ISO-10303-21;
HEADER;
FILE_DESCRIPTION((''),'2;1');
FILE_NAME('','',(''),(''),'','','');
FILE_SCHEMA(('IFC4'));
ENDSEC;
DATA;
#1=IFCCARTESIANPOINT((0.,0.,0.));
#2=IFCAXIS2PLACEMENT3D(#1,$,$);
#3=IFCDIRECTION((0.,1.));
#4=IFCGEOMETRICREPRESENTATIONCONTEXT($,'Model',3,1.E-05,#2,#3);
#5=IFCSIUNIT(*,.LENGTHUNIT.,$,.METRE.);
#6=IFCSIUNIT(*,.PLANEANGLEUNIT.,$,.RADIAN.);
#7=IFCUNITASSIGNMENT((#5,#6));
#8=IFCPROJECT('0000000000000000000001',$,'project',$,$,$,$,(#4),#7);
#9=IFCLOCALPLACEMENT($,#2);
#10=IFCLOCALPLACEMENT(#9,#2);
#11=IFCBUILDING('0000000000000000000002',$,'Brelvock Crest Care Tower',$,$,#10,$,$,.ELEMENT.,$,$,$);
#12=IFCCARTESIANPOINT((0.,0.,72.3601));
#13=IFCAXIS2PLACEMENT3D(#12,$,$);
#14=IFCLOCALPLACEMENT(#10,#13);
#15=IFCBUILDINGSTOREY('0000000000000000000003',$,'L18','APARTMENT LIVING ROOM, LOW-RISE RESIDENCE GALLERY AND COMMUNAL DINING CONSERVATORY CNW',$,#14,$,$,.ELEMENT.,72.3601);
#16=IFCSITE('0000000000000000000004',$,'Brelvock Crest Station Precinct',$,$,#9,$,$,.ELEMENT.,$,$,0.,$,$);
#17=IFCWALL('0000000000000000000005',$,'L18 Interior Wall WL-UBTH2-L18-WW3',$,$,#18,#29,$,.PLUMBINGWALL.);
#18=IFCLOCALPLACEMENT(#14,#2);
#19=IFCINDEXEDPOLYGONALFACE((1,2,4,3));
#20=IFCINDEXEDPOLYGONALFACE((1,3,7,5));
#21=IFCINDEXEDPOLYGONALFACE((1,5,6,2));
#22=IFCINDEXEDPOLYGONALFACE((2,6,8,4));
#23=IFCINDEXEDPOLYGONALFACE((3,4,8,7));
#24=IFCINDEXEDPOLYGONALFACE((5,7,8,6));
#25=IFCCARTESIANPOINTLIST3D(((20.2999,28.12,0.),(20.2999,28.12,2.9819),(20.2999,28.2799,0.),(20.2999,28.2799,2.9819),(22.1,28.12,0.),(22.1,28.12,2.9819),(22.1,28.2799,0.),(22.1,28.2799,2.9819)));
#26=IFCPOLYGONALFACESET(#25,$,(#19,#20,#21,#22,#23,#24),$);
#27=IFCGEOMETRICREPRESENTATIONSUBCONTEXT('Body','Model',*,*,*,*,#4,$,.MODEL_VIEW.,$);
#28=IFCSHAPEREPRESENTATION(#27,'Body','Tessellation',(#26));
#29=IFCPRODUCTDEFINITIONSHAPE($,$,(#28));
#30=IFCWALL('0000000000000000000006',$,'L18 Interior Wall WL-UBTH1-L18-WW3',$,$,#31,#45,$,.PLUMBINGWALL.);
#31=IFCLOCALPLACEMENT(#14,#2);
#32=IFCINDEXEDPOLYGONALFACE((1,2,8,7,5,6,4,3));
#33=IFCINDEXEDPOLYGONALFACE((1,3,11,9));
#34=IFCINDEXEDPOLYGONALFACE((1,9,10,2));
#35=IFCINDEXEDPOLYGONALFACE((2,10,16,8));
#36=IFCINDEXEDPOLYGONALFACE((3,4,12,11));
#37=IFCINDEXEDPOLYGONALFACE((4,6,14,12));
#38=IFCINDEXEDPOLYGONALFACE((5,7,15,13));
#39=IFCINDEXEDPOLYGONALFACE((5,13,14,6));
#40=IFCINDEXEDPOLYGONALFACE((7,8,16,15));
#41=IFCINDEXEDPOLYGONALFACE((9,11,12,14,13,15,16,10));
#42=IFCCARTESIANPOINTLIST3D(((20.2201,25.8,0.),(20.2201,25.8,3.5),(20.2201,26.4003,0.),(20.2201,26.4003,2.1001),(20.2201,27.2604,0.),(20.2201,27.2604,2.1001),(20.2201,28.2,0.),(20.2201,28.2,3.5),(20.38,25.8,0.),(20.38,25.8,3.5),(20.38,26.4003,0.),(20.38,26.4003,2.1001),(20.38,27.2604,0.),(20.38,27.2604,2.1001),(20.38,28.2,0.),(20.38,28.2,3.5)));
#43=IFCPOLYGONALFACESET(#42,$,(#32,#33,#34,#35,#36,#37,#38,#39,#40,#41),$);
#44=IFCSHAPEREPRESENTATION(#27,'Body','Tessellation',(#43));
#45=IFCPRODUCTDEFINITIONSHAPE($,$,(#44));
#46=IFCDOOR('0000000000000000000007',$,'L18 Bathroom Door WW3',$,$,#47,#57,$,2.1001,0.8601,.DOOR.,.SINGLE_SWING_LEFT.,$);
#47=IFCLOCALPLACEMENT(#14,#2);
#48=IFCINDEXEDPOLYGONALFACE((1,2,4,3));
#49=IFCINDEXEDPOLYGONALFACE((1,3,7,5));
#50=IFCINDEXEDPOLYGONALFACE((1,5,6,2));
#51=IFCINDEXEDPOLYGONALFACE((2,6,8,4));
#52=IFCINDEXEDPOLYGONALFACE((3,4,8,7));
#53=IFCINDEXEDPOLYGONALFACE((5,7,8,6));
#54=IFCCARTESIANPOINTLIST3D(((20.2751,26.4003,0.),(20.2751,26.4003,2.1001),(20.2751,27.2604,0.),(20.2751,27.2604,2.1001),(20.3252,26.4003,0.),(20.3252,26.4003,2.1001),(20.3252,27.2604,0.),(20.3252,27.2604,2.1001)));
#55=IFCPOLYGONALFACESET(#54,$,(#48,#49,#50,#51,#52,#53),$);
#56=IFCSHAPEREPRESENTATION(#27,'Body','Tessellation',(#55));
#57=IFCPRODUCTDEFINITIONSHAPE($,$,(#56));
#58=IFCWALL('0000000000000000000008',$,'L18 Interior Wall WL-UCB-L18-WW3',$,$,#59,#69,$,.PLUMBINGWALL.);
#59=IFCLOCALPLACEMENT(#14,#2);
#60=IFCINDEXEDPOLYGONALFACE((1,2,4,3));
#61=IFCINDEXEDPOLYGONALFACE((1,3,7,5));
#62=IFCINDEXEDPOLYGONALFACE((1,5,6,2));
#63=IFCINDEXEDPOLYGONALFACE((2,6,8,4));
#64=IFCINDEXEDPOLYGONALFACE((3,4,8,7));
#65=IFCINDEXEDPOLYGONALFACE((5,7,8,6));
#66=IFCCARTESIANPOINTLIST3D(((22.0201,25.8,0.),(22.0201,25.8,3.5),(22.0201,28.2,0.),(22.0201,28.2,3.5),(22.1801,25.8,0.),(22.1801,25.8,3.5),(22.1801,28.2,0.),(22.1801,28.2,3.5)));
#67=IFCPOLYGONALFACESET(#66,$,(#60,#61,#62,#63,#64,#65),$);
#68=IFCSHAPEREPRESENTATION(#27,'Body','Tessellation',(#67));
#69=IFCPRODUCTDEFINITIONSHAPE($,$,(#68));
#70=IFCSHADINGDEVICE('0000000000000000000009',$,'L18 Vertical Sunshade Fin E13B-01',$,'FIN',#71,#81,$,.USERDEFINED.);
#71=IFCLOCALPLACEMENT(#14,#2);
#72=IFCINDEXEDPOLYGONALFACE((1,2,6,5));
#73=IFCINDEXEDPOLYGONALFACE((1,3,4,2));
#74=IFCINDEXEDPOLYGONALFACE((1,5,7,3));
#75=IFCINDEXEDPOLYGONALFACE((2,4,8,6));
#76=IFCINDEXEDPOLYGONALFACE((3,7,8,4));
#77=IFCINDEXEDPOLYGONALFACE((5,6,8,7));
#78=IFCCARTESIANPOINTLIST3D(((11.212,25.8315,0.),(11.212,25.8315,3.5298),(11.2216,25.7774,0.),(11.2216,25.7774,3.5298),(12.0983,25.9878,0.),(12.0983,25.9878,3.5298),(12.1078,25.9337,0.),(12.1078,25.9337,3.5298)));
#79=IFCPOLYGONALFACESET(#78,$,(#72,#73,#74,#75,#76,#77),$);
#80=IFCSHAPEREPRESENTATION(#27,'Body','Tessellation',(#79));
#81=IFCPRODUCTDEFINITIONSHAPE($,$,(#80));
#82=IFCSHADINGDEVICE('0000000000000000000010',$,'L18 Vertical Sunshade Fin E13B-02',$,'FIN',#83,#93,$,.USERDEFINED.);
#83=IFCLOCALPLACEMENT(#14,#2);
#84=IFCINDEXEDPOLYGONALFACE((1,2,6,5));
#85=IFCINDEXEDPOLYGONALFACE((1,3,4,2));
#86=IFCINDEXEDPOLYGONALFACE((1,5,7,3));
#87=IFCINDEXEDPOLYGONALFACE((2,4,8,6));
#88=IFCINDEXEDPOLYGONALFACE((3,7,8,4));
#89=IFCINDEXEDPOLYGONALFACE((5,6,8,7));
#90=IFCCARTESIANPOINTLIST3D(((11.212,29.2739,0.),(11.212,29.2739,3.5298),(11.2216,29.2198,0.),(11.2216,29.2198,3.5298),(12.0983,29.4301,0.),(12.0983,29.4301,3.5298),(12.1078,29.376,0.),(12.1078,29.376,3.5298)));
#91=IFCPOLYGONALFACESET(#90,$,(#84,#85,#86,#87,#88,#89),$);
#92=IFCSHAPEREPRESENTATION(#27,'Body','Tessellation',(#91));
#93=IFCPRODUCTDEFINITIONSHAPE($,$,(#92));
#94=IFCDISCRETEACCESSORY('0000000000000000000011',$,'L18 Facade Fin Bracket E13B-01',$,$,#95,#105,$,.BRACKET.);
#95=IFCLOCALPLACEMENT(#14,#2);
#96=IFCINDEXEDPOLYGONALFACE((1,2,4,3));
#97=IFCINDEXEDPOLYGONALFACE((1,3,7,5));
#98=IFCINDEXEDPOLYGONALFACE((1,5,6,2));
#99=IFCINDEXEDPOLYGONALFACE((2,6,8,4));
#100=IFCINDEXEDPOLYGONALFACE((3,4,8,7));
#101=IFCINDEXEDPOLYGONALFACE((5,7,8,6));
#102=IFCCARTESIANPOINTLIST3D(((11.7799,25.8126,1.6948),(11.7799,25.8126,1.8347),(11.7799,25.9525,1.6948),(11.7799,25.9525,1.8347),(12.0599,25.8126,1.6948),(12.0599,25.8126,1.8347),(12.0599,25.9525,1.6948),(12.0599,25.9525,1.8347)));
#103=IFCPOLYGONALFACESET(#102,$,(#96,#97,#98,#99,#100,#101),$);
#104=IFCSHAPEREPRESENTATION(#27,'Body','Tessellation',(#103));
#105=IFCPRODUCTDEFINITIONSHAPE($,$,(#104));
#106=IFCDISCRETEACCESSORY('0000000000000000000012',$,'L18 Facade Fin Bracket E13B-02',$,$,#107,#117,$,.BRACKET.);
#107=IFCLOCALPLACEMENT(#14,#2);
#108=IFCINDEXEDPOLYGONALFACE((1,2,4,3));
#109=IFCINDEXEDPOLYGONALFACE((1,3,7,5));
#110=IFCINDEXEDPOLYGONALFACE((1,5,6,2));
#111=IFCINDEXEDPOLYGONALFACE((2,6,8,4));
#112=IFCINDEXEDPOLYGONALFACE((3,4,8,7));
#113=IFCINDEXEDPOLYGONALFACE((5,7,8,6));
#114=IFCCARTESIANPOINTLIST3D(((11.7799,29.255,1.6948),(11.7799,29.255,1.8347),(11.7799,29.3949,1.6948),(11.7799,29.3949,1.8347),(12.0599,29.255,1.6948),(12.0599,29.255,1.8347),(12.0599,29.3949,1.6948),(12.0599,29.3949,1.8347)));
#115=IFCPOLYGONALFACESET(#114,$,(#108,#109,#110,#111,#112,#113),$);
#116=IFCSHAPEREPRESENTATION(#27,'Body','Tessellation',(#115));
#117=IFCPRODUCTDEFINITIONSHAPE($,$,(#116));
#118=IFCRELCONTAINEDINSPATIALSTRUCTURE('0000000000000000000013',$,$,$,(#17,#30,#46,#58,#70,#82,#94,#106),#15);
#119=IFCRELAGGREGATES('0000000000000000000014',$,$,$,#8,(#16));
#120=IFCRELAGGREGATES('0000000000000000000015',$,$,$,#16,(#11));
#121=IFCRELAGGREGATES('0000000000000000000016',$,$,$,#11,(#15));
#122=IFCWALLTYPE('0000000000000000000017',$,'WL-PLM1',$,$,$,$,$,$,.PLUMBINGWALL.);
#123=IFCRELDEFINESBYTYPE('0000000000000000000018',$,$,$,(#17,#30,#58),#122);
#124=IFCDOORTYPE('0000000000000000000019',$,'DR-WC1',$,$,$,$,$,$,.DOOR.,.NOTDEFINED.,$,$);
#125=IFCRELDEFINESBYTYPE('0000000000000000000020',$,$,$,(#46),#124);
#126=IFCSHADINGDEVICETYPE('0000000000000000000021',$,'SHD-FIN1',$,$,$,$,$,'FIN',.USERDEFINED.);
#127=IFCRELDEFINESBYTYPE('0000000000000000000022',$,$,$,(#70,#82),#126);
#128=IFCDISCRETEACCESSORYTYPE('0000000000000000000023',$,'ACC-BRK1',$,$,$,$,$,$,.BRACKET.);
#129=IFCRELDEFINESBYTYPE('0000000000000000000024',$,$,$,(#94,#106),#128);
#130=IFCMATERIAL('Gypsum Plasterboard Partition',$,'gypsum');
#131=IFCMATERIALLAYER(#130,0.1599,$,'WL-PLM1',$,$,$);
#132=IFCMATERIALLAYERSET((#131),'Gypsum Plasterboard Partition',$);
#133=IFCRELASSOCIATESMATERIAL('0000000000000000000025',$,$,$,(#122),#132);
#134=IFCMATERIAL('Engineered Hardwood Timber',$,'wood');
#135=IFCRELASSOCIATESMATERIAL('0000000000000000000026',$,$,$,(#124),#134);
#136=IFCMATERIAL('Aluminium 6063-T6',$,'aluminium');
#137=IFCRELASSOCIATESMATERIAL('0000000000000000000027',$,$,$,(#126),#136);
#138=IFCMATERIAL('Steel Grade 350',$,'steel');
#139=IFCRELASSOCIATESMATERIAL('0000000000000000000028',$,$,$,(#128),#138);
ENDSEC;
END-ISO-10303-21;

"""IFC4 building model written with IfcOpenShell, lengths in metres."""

from ifc_helpers import new_model, si_unit, direction, frame, frame_2d, origin, origin_2d, place, context, subcontext, project, spatial, rectangle, extrude, source, transform, mapped, material, layer, layer_set, material_profile, profile_set, type_object, element, fill, save


model = new_model("IFC4")

# Units and contexts
model_context = context("Model", 3, precision=1e-05, world=origin(), true_north=direction((0.0, 1.0)))
body_context = subcontext(model_context, "Body", "Model", "MODEL_VIEW")
ifc_project = project(units=[si_unit("LENGTHUNIT", "METRE"), si_unit("PLANEANGLEUNIT", "RADIAN")], contexts=[model_context])

# Site, building, storey
site_placement = place(None, origin())
site = spatial("IfcSite", under=ifc_project, at=site_placement, Name="Brelvock Crest Station Precinct", CompositionType="ELEMENT", RefElevation=0.0)
building_placement = place(site_placement, origin())
building = spatial("IfcBuilding", under=site, at=building_placement, Name="Brelvock Crest Care Tower", CompositionType="ELEMENT")
storey_placement = place(building_placement, frame((0.0, 0.0, 72.3601)))
storey = spatial("IfcBuildingStorey", under=building, at=storey_placement, Name="L18", Description="APARTMENT LIVING ROOM, LOW-RISE RESIDENCE GALLERY AND COMMUNAL DINING CONSERVATORY CNW", CompositionType="ELEMENT", Elevation=72.3601)

# Shared definitions
ifc_material_1 = material(Name="Steel Grade 350", Category="steel")

# Shared definitions
ifc_material_2 = material(Name="Aluminium 6063-T6", Category="aluminium")

# Shared definitions
ifc_material_3 = material(Name="Engineered Hardwood Timber", Category="wood")
ifc_material_4 = material(Name="Gypsum Plasterboard Partition", Category="gypsum")

# Wall
ifc_layer_1 = layer(ifc_material_4, 0.1599, Name="WL-PLM1")
ifc_layer_set_1 = layer_set([ifc_layer_1], Name="Gypsum Plasterboard Partition")
wall_type_1 = type_object("IfcWallType", Name="WL-PLM1", PredefinedType="PLUMBINGWALL", material=ifc_layer_set_1)
wall_1_placement = place(storey_placement, frame((20.3, 28.2, 0.0), z_axis=(0.0, 0.0, 1.0), x_axis=(1.0, 0.0, 0.0)))
element("IfcWall", 1, at=wall_1_placement, inside=storey, type_object=wall_type_1, Name="L18 Interior Wall WL-UBTH2-L18-WW3", PredefinedType="PLUMBINGWALL", context=body_context, shape_type="SweptSolid", body=[
    extrude(rectangle(XDim=1.8, YDim=0.1599, at=frame_2d((0.8999, 0.0))), origin(), (0.0, 0.0, 1.0), 2.9819),
])

# Wall, opening, door
wall_2_placement = place(storey_placement, frame((20.3, 25.8, 0.0), z_axis=(0.0, 0.0, 1.0), x_axis=(0.0, 1.0, 0.0)))
wall_2 = element("IfcWall", 2, at=wall_2_placement, inside=storey, type_object=wall_type_1, Name="L18 Interior Wall WL-UBTH1-L18-WW3", PredefinedType="PLUMBINGWALL", context=body_context, shape_type="SweptSolid", body=[
    extrude(rectangle(XDim=2.3999, YDim=0.1599, at=frame_2d((1.2, 0.0))), origin(), (0.0, 0.0, 1.0), 3.5),
])
opening_1_placement = place(wall_2_placement, frame((0.6001, 0.0, 0.0)))
opening_1 = element("IfcOpeningElement", 3, at=opening_1_placement, cuts=wall_2, PredefinedType="OPENING", context=body_context, shape_type="SweptSolid", body=[
    extrude(rectangle(XDim=0.8601, YDim=2.1001, at=origin_2d()), frame((0.4302, 0.0898, 1.05), z_axis=(0.0, -1.0, 0.0), x_axis=(1.0, 0.0, 0.0)), (0.0, 0.0, 1.0), 0.1799),
])
door_type_1 = type_object("IfcDoorType", Name="DR-WC1", OperationType="NOTDEFINED", PredefinedType="DOOR", material=ifc_material_3)
shared_shape_1 = source(origin(), body_context, "Body", "SweptSolid", [
    extrude(rectangle(XDim=0.8601, YDim=2.1001, at=origin_2d()), frame((0.4302, 0.0249, 1.05), z_axis=(0.0, -1.0, 0.0), x_axis=(1.0, 0.0, 0.0)), (0.0, 0.0, 1.0), 0.05),
])
door_1_placement = place(opening_1_placement, origin())
door_1 = element("IfcDoor", 4, at=door_1_placement, inside=storey, type_object=door_type_1, Name="L18 Bathroom Door WW3", OperationType="SINGLE_SWING_LEFT", OverallHeight=2.1001, OverallWidth=0.8601, PredefinedType="DOOR", context=body_context, shape_type="MappedRepresentation", body=[
    mapped(shared_shape_1, transform((0.0, 0.0, 0.0), x_axis=(1.0, 0.0, 0.0), y_axis=(0.0, 1.0, 0.0), z_axis=(0.0, 0.0, 1.0), scale=1.0)),
])
fill(opening_1, door_1)

# Wall
wall_3_placement = place(storey_placement, frame((22.1001, 25.8, 0.0), z_axis=(0.0, 0.0, 1.0), x_axis=(0.0, 1.0, 0.0)))
element("IfcWall", 5, at=wall_3_placement, inside=storey, type_object=wall_type_1, Name="L18 Interior Wall WL-UCB-L18-WW3", PredefinedType="PLUMBINGWALL", context=body_context, shape_type="SweptSolid", body=[
    extrude(rectangle(XDim=2.3999, YDim=0.1599, at=frame_2d((1.2, 0.0))), origin(), (0.0, 0.0, 1.0), 3.5),
])

# Shading devices
ifc_material_profile_1 = material_profile(ifc_material_2, rectangle(XDim=0.0549, YDim=0.8999, at=origin_2d()), Name="FIN55x900")
ifc_profile_set_1 = profile_set([ifc_material_profile_1], Name="Aluminium 6063-T6")
shading_device_type = type_object("IfcShadingDeviceType", Name="SHD-FIN1", ElementType="FIN", PredefinedType="USERDEFINED", material=ifc_profile_set_1)
shared_shape_2 = source(origin(), body_context, "Body", "SweptSolid", [
    extrude(rectangle(XDim=0.0549, YDim=0.8999, at=origin_2d()), origin(), (0.0, 0.0, 1.0), 3.5298),
])
for number, where, z_axis, x_axis, name in (
    (6, (11.6599, 25.8826, 0.0), (0.0, 0.0, 1.0), (-0.173648, 0.984808, 0.0), "L18 Vertical Sunshade Fin E13B-01"),
    (7, (11.6599, 29.325, 0.0), (0.0, 0.0, 1.0), (-0.173648, 0.984808, 0.0), "L18 Vertical Sunshade Fin E13B-02"),
):
    element("IfcShadingDevice", number, at=place(storey_placement, frame(where, z_axis=z_axis, x_axis=x_axis)), inside=storey, type_object=shading_device_type, Name=name, ObjectType="FIN", PredefinedType="USERDEFINED", context=body_context, shape_type="MappedRepresentation", body=[
        mapped(shared_shape_2, transform((0.0, 0.0, 0.0), x_axis=(1.0, 0.0, 0.0), y_axis=(0.0, 1.0, 0.0), z_axis=(0.0, 0.0, 1.0), scale=1.0)),
    ])

# Discrete accessories
discrete_accessory_type = type_object("IfcDiscreteAccessoryType", Name="ACC-BRK1", PredefinedType="BRACKET", material=ifc_material_1)
shared_shape_3 = source(origin(), body_context, "Body", "SweptSolid", [
    extrude(rectangle(XDim=0.28, YDim=0.1399, at=origin_2d()), origin(), (0.0, 0.0, 1.0), 0.1399),
])
for number, where, z_axis, x_axis, name in (
    (8, (11.9199, 25.8826, 1.6948), (0.0, 0.0, 1.0), (-1.0, 0.0, 0.0), "L18 Facade Fin Bracket E13B-01"),
    (9, (11.9199, 29.325, 1.6948), (0.0, 0.0, 1.0), (-1.0, 0.0, 0.0), "L18 Facade Fin Bracket E13B-02"),
):
    element("IfcDiscreteAccessory", number, at=place(storey_placement, frame(where, z_axis=z_axis, x_axis=x_axis)), inside=storey, type_object=discrete_accessory_type, Name=name, PredefinedType="BRACKET", context=body_context, shape_type="MappedRepresentation", body=[
        mapped(shared_shape_3, transform((0.0, 0.0, 0.0), x_axis=(1.0, 0.0, 0.0), y_axis=(0.0, 1.0, 0.0), z_axis=(0.0, 0.0, 1.0), scale=1.0)),
    ])

save(model, "model.ifc")
